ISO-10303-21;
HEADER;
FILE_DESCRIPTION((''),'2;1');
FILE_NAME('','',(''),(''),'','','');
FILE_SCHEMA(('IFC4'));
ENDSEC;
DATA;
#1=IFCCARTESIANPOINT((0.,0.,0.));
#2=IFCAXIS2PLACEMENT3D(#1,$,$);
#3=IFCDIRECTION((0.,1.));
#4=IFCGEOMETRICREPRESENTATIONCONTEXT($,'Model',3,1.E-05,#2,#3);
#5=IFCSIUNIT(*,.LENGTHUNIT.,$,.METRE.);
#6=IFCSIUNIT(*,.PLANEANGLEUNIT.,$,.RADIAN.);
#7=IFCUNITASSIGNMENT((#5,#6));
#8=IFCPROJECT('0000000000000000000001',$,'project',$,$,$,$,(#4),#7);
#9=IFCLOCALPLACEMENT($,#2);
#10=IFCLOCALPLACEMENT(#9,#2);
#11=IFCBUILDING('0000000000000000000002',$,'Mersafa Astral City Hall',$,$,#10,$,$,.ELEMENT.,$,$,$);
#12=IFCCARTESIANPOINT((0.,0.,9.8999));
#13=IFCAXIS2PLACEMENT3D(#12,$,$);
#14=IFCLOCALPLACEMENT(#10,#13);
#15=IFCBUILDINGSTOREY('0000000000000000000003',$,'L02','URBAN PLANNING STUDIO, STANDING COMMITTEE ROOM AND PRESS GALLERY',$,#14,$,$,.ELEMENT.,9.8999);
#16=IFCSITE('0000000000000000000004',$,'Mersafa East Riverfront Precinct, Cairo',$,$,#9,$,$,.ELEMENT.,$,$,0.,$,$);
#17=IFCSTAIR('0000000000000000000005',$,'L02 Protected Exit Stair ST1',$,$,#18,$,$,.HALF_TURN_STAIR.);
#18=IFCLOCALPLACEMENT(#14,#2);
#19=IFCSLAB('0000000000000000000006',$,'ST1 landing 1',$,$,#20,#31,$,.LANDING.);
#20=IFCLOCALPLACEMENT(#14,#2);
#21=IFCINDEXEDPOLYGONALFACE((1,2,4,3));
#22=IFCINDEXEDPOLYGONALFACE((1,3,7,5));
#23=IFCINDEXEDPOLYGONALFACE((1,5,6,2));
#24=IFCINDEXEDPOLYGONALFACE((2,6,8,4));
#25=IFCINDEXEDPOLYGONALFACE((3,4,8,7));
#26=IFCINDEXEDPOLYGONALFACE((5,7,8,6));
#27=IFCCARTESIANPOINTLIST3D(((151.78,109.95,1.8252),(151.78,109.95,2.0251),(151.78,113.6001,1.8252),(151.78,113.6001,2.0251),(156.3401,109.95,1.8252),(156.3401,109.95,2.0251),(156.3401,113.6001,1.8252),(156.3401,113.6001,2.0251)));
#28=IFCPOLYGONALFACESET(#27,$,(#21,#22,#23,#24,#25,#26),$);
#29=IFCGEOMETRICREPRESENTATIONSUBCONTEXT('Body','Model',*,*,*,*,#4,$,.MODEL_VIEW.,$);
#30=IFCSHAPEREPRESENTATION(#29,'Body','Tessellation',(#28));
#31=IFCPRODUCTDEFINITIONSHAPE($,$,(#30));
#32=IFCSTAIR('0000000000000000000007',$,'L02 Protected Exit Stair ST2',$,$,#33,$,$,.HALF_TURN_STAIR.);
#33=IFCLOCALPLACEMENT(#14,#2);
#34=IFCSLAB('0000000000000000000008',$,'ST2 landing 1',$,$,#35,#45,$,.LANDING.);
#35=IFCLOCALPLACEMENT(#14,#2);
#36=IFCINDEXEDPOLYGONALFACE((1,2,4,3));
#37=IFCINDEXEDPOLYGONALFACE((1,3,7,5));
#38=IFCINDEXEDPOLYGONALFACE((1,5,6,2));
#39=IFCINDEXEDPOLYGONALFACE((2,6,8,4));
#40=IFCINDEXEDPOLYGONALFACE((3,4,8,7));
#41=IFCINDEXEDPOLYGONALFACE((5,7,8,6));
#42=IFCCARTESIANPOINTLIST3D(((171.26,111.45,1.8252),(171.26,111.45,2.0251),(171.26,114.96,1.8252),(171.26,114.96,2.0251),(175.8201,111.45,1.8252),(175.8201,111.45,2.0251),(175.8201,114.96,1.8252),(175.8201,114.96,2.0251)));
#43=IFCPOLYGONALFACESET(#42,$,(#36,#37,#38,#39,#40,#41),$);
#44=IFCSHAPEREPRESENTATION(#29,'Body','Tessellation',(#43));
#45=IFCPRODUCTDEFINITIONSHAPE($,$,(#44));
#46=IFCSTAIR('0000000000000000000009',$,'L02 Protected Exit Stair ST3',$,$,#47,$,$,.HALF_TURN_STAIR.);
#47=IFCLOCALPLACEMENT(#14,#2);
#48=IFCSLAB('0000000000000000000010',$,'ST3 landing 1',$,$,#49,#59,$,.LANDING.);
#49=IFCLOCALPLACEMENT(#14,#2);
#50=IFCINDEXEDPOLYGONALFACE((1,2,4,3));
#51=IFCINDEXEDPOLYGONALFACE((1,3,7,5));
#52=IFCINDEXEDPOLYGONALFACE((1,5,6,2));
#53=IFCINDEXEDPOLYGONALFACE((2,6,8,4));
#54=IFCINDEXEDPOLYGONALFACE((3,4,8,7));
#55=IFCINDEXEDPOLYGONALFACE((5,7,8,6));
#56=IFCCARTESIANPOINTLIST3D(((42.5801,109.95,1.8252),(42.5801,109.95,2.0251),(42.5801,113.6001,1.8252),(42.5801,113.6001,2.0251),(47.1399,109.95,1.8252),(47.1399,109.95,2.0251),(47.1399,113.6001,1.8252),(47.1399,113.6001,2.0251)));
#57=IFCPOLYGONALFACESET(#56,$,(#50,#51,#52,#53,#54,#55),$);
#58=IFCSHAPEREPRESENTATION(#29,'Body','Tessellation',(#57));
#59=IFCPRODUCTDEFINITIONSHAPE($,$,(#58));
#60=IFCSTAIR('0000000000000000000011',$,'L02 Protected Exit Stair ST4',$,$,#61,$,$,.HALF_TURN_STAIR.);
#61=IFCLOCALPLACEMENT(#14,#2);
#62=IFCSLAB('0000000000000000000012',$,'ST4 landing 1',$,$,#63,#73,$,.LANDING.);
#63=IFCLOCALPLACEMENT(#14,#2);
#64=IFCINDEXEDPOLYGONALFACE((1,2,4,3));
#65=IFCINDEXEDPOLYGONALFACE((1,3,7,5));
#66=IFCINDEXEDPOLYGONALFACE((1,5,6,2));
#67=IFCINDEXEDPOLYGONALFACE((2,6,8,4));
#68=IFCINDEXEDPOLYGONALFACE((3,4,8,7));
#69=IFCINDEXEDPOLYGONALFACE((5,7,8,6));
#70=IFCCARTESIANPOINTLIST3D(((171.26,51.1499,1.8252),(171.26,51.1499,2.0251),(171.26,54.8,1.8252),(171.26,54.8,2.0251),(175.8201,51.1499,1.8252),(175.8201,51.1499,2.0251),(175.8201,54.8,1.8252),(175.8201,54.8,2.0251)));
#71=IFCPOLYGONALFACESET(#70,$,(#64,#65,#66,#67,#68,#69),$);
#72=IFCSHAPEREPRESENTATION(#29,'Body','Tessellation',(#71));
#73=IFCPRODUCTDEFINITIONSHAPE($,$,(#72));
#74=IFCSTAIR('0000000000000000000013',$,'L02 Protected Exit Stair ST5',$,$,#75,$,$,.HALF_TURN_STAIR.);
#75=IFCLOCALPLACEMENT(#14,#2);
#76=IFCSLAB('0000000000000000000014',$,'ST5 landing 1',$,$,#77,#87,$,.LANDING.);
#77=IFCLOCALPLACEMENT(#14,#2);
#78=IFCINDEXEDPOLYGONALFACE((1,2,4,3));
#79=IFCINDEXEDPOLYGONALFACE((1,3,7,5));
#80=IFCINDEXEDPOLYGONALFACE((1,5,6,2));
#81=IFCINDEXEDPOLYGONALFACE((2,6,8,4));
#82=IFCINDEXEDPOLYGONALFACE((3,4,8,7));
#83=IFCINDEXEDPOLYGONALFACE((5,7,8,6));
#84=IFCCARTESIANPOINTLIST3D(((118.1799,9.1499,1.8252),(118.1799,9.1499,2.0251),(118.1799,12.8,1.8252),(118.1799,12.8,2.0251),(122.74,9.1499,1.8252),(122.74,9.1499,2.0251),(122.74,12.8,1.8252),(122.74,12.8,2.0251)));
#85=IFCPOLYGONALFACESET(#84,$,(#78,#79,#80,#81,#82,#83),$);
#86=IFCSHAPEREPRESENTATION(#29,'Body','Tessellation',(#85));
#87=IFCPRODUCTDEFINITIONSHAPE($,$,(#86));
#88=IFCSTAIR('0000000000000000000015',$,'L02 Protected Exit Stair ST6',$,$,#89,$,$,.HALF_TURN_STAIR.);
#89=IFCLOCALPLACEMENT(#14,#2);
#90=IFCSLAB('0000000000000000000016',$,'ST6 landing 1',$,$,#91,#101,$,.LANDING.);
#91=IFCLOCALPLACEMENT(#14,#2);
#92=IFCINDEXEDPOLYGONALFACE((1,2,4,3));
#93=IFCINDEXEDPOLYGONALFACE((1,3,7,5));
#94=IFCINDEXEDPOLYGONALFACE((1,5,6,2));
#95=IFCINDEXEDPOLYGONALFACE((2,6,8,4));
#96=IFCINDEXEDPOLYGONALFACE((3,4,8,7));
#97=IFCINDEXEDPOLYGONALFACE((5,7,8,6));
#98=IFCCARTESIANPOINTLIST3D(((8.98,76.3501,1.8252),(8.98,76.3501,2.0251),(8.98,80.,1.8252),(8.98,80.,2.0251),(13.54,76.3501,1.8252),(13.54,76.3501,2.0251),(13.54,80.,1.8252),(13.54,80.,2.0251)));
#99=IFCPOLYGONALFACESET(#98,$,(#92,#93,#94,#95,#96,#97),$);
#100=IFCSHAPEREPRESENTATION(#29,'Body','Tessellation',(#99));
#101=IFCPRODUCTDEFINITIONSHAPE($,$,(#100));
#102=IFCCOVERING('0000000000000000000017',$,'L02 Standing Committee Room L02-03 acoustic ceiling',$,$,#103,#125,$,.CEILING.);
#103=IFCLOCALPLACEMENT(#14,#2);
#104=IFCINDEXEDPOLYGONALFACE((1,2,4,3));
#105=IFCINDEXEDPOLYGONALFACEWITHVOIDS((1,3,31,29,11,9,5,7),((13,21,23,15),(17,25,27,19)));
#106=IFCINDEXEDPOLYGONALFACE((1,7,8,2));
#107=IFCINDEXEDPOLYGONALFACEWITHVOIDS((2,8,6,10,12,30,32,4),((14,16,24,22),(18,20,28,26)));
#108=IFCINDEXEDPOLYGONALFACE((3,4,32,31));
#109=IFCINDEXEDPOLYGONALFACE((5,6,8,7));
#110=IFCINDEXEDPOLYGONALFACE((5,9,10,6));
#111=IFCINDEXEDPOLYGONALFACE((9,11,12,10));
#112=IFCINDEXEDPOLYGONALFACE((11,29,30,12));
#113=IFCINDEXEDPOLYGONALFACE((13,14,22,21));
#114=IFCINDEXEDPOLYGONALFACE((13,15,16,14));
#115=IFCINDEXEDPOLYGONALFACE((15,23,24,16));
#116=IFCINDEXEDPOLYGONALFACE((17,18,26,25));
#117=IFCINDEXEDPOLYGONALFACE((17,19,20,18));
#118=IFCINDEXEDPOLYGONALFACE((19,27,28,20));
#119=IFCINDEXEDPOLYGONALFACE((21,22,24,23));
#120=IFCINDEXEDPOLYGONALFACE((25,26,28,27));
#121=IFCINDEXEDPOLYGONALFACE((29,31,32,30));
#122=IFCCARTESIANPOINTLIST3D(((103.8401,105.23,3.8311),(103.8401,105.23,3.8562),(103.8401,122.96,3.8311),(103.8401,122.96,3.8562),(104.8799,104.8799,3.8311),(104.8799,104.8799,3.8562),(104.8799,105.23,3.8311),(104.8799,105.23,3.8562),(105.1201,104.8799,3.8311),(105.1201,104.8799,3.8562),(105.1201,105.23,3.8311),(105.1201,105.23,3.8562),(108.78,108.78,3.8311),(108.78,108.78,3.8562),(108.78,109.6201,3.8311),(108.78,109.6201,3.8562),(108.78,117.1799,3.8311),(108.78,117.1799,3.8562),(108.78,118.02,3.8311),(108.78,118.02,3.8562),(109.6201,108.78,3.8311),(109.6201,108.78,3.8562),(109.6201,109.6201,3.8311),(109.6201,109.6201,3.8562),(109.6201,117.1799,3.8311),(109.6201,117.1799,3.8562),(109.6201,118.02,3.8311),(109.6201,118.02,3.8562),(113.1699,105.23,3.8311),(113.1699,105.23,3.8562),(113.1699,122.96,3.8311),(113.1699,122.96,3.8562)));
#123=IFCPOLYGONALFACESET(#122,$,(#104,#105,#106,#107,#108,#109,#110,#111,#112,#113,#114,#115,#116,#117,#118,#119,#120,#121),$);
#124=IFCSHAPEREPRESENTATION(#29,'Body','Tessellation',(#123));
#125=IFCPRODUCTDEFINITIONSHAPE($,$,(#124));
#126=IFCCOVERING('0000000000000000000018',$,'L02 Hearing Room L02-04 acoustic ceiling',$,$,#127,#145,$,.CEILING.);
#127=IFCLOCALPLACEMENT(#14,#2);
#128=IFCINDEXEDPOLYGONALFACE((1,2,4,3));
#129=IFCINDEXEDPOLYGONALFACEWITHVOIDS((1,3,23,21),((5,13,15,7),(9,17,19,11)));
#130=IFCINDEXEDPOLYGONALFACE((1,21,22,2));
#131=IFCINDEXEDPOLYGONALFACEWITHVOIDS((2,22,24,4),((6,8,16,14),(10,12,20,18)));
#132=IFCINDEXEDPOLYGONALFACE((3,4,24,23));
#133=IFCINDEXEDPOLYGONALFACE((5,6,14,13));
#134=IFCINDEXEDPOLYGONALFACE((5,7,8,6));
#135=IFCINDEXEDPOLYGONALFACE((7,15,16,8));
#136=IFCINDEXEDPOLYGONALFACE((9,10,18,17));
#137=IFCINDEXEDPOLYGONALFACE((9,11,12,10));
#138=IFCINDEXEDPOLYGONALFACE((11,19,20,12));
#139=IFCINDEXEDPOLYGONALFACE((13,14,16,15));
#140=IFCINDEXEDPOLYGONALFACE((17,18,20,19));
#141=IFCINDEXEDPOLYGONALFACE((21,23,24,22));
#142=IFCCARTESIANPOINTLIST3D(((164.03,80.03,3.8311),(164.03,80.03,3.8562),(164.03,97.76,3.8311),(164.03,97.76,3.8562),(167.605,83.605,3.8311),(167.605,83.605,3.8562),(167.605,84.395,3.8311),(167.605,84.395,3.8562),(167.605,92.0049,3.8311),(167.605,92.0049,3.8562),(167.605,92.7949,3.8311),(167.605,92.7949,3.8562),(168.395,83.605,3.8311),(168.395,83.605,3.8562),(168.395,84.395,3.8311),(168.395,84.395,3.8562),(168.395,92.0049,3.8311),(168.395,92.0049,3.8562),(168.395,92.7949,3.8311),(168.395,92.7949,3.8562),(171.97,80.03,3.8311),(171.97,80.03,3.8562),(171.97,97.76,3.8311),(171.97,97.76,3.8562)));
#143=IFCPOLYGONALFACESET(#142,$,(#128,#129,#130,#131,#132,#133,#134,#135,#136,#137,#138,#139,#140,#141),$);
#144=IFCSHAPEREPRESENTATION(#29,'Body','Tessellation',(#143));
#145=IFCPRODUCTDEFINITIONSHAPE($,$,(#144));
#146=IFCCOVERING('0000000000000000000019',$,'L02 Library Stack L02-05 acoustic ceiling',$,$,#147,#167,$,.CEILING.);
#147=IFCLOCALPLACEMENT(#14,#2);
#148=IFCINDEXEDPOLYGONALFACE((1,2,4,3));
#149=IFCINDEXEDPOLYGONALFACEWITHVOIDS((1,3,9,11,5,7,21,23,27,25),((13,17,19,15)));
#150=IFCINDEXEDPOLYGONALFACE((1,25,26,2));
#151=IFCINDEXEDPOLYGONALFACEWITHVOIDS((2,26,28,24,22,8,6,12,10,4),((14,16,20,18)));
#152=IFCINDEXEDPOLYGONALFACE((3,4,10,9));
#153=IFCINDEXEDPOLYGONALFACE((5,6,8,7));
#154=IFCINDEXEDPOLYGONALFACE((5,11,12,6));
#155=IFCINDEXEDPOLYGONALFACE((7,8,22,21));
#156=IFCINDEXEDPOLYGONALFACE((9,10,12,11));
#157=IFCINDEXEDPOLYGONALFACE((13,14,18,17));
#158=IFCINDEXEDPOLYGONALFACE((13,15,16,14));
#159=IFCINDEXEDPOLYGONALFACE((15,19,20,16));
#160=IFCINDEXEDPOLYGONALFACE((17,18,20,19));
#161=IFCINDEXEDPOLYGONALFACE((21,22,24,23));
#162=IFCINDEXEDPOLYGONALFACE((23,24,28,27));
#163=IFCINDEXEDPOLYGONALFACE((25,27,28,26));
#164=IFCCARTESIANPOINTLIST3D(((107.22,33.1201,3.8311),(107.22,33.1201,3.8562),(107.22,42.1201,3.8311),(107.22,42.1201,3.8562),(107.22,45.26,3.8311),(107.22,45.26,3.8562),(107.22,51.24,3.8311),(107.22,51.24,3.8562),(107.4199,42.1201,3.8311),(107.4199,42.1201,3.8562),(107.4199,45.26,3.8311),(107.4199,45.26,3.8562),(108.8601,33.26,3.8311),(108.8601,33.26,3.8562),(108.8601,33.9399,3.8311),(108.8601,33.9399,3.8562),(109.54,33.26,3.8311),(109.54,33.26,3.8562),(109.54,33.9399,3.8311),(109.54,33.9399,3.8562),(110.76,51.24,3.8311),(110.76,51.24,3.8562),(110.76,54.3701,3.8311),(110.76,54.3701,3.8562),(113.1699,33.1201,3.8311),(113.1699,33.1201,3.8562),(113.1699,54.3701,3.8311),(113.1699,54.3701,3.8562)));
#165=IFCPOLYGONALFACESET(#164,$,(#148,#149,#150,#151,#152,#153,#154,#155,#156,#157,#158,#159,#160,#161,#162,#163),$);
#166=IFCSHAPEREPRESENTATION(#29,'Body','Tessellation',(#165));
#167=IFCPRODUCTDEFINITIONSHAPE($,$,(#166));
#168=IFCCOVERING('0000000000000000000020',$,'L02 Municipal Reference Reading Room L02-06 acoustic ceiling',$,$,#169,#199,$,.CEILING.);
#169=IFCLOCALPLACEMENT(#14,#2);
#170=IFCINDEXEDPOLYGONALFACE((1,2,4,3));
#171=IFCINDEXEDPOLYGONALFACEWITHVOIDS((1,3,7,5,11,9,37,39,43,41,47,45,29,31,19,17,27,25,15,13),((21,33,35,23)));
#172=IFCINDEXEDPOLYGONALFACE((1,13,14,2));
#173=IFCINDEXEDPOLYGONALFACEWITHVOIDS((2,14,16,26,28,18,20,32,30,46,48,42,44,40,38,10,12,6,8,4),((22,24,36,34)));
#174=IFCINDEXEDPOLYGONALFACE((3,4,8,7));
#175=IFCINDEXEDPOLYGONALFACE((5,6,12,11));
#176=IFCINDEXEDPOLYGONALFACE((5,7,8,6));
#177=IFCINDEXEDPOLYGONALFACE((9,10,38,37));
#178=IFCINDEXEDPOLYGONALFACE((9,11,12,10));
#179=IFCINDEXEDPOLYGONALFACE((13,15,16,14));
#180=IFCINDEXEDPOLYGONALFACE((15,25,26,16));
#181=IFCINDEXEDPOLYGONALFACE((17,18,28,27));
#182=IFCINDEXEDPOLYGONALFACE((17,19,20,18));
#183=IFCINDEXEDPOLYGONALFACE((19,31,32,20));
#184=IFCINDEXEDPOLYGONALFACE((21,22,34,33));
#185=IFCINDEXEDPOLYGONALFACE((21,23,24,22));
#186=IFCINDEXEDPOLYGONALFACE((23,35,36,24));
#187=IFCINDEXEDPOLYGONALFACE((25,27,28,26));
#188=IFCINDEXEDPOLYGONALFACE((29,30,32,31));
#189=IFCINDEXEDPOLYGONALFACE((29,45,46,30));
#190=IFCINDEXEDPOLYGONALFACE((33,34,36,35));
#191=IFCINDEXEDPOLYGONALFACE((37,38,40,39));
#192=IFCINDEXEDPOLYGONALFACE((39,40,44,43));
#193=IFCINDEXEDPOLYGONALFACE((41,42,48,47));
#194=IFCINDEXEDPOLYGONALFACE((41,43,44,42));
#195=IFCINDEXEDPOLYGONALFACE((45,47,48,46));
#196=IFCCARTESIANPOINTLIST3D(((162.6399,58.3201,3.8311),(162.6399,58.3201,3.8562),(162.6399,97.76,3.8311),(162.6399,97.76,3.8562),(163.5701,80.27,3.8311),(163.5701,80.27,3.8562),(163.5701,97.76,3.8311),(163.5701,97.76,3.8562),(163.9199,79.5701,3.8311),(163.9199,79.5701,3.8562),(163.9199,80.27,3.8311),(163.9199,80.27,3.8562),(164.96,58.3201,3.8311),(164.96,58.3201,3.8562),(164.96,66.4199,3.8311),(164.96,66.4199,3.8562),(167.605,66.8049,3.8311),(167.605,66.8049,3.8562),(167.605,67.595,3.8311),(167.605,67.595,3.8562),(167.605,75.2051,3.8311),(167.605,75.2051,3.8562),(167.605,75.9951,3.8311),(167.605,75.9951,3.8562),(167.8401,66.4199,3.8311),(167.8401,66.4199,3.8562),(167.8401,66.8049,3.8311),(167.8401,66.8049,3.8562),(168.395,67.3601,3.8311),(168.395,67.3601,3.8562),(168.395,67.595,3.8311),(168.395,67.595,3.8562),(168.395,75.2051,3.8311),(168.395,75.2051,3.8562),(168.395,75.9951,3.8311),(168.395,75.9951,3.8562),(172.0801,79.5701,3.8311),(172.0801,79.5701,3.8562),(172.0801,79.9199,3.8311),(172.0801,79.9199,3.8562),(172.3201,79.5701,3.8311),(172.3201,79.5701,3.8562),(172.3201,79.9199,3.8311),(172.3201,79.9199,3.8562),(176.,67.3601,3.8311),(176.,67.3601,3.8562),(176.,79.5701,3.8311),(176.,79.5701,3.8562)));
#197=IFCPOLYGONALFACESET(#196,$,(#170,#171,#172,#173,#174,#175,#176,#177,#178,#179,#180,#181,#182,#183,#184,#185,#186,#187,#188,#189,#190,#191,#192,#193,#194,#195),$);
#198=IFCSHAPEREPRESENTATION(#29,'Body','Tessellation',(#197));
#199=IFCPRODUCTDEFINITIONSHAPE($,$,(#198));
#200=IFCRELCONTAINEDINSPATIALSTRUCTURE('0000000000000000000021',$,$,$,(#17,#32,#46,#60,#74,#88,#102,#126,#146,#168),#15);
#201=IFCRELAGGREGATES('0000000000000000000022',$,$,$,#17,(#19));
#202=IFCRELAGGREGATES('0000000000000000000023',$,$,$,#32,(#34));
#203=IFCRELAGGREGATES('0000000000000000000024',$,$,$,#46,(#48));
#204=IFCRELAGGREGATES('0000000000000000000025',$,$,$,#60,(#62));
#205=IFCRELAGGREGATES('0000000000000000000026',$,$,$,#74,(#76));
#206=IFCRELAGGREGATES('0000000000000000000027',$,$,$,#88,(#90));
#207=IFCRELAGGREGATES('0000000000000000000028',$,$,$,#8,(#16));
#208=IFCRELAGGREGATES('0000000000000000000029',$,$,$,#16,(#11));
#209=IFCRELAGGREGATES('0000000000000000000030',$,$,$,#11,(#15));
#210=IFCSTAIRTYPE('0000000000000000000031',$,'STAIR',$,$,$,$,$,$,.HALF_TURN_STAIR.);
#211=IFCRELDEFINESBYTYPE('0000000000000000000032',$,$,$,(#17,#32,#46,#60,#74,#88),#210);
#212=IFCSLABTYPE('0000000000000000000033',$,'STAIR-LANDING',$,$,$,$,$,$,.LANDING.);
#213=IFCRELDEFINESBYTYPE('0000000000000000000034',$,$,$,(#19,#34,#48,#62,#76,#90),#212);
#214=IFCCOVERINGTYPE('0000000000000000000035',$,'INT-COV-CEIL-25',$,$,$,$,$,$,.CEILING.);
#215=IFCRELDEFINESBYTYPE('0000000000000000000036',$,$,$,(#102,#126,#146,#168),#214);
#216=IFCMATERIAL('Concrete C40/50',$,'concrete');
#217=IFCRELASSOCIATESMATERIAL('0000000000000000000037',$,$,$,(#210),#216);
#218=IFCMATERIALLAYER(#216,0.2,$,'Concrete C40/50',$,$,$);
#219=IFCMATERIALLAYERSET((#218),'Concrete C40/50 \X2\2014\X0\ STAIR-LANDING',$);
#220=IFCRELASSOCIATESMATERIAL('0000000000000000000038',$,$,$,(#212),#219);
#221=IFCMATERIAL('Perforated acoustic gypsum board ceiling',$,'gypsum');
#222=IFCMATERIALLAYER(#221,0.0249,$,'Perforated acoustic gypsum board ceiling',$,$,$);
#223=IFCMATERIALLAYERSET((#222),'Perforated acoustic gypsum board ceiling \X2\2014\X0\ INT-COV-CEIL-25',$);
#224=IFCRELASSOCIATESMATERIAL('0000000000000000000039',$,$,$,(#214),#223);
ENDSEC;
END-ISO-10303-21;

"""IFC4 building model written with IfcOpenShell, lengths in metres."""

from ifc_helpers import new_model, si_unit, direction, frame, origin, place, context, subcontext, project, spatial, polyline, outline, extrude, material, layer, layer_set, type_object, element, aggregate, save


model = new_model("IFC4")

# Units and contexts
model_context = context("Model", 3, precision=1e-05, world=origin(), true_north=direction((0.0, 1.0)))
body_context = subcontext(model_context, "Body", "Model", "MODEL_VIEW")
ifc_project = project(units=[si_unit("LENGTHUNIT", "METRE"), si_unit("PLANEANGLEUNIT", "RADIAN")], contexts=[model_context])

# Site, building, storey
site_placement = place(None, origin())
site = spatial("IfcSite", under=ifc_project, at=site_placement, Name="Mersafa East Riverfront Precinct, Cairo", CompositionType="ELEMENT", RefElevation=0.0)
building_placement = place(site_placement, origin())
building = spatial("IfcBuilding", under=site, at=building_placement, Name="Mersafa Astral City Hall", CompositionType="ELEMENT")
storey_placement = place(building_placement, frame((0.0, 0.0, 9.8999)))
storey = spatial("IfcBuildingStorey", under=building, at=storey_placement, Name="L02", Description="URBAN PLANNING STUDIO, STANDING COMMITTEE ROOM AND PRESS GALLERY", CompositionType="ELEMENT", Elevation=9.8999)

# Stairs, slabs
ifc_material_1 = material(Name="Concrete C40/50", Category="concrete")
stair_type = type_object("IfcStairType", Name="STAIR", PredefinedType="HALF_TURN_STAIR", material=ifc_material_1)
stair_1_placement = place(storey_placement, origin())
stair_1 = element("IfcStair", 1, at=stair_1_placement, inside=storey, type_object=stair_type, Name="L02 Protected Exit Stair ST1", PredefinedType="HALF_TURN_STAIR")
ifc_layer_1 = layer(ifc_material_1, 0.2, Name="Concrete C40/50")
ifc_layer_set_1 = layer_set([ifc_layer_1], Name="Concrete C40/50 — STAIR-LANDING")
slab_type = type_object("IfcSlabType", Name="STAIR-LANDING", PredefinedType="LANDING", material=ifc_layer_set_1)
slab_1_placement = place(storey_placement, frame((0.0, 0.0, 1.8252)))
slab_1 = element("IfcSlab", 2, at=slab_1_placement, type_object=slab_type, Name="ST1 landing 1", PredefinedType="LANDING", context=body_context, shape_type="SweptSolid", body=[
    extrude(outline(polyline([(151.78, 113.6001), (151.78, 109.95), (156.3401, 109.95), (156.3401, 113.6001), (151.78, 113.6001)])), origin(), (0.0, 0.0, 1.0), 0.2),
])
aggregate(stair_1, [slab_1])
stair_2_placement = place(storey_placement, origin())
stair_2 = element("IfcStair", 3, at=stair_2_placement, inside=storey, type_object=stair_type, Name="L02 Protected Exit Stair ST2", PredefinedType="HALF_TURN_STAIR")
slab_2_placement = place(storey_placement, frame((0.0, 0.0, 1.8252)))
slab_2 = element("IfcSlab", 4, at=slab_2_placement, type_object=slab_type, Name="ST2 landing 1", PredefinedType="LANDING", context=body_context, shape_type="SweptSolid", body=[
    extrude(outline(polyline([(171.26, 114.96), (171.26, 111.45), (175.8201, 111.45), (175.8201, 114.96), (171.26, 114.96)])), origin(), (0.0, 0.0, 1.0), 0.2),
])
aggregate(stair_2, [slab_2])
stair_3_placement = place(storey_placement, origin())
stair_3 = element("IfcStair", 5, at=stair_3_placement, inside=storey, type_object=stair_type, Name="L02 Protected Exit Stair ST3", PredefinedType="HALF_TURN_STAIR")
slab_3_placement = place(storey_placement, frame((0.0, 0.0, 1.8252)))
slab_3 = element("IfcSlab", 6, at=slab_3_placement, type_object=slab_type, Name="ST3 landing 1", PredefinedType="LANDING", context=body_context, shape_type="SweptSolid", body=[
    extrude(outline(polyline([(42.5801, 113.6001), (42.5801, 109.95), (47.1399, 109.95), (47.1399, 113.6001), (42.5801, 113.6001)])), origin(), (0.0, 0.0, 1.0), 0.2),
])
aggregate(stair_3, [slab_3])
stair_4_placement = place(storey_placement, origin())
stair_4 = element("IfcStair", 7, at=stair_4_placement, inside=storey, type_object=stair_type, Name="L02 Protected Exit Stair ST4", PredefinedType="HALF_TURN_STAIR")
slab_4_placement = place(storey_placement, frame((0.0, 0.0, 1.8252)))
slab_4 = element("IfcSlab", 8, at=slab_4_placement, type_object=slab_type, Name="ST4 landing 1", PredefinedType="LANDING", context=body_context, shape_type="SweptSolid", body=[
    extrude(outline(polyline([(171.26, 54.8), (171.26, 51.1499), (175.8201, 51.1499), (175.8201, 54.8), (171.26, 54.8)])), origin(), (0.0, 0.0, 1.0), 0.2),
])
aggregate(stair_4, [slab_4])
stair_5_placement = place(storey_placement, origin())
stair_5 = element("IfcStair", 9, at=stair_5_placement, inside=storey, type_object=stair_type, Name="L02 Protected Exit Stair ST5", PredefinedType="HALF_TURN_STAIR")
slab_5_placement = place(storey_placement, frame((0.0, 0.0, 1.8252)))
slab_5 = element("IfcSlab", 10, at=slab_5_placement, type_object=slab_type, Name="ST5 landing 1", PredefinedType="LANDING", context=body_context, shape_type="SweptSolid", body=[
    extrude(outline(polyline([(118.1799, 12.8), (118.1799, 9.1499), (122.74, 9.1499), (122.74, 12.8), (118.1799, 12.8)])), origin(), (0.0, 0.0, 1.0), 0.2),
])
aggregate(stair_5, [slab_5])
stair_6_placement = place(storey_placement, origin())
stair_6 = element("IfcStair", 11, at=stair_6_placement, inside=storey, type_object=stair_type, Name="L02 Protected Exit Stair ST6", PredefinedType="HALF_TURN_STAIR")
slab_6_placement = place(storey_placement, frame((0.0, 0.0, 1.8252)))
slab_6 = element("IfcSlab", 12, at=slab_6_placement, type_object=slab_type, Name="ST6 landing 1", PredefinedType="LANDING", context=body_context, shape_type="SweptSolid", body=[
    extrude(outline(polyline([(8.98, 80.0), (8.98, 76.3501), (13.54, 76.3501), (13.54, 80.0), (8.98, 80.0)])), origin(), (0.0, 0.0, 1.0), 0.2),
])
aggregate(stair_6, [slab_6])

# Coverings
ifc_material_2 = material(Name="Perforated acoustic gypsum board ceiling", Category="gypsum")
ifc_layer_2 = layer(ifc_material_2, 0.0249, Name="Perforated acoustic gypsum board ceiling")
ifc_layer_set_2 = layer_set([ifc_layer_2], Name="Perforated acoustic gypsum board ceiling — INT-COV-CEIL-25")
covering_type_1 = type_object("IfcCoveringType", Name="INT-COV-CEIL-25", PredefinedType="CEILING", material=ifc_layer_set_2)
covering_1_placement = place(storey_placement, frame((0.0, 0.0, 3.8311)))
element("IfcCovering", 13, at=covering_1_placement, inside=storey, type_object=covering_type_1, Name="L02 Standing Committee Room L02-03 acoustic ceiling", PredefinedType="CEILING", context=body_context, shape_type="SweptSolid", body=[
    extrude(outline(polyline([(105.1201, 105.23), (105.1201, 104.8799), (104.8799, 104.8799), (104.8799, 105.23), (103.8401, 105.23), (103.8401, 122.96), (113.1699, 122.96), (113.1699, 105.23), (105.1201, 105.23)]), holes=[polyline([(109.6201, 108.78), (109.6201, 109.6201), (108.78, 109.6201), (108.78, 108.78), (109.6201, 108.78)]), polyline([(109.6201, 117.1799), (109.6201, 118.02), (108.78, 118.02), (108.78, 117.1799), (109.6201, 117.1799)])]), origin(), (0.0, 0.0, 1.0), 0.0251),
])
covering_2_placement = place(storey_placement, frame((0.0, 0.0, 3.8311)))
element("IfcCovering", 14, at=covering_2_placement, inside=storey, type_object=covering_type_1, Name="L02 Hearing Room L02-04 acoustic ceiling", PredefinedType="CEILING", context=body_context, shape_type="SweptSolid", body=[
    extrude(outline(polyline([(164.03, 80.03), (164.03, 97.76), (171.97, 97.76), (171.97, 80.03), (164.03, 80.03)]), holes=[polyline([(168.395, 83.605), (168.395, 84.395), (167.605, 84.395), (167.605, 83.605), (168.395, 83.605)]), polyline([(167.605, 92.0049), (168.395, 92.0049), (168.395, 92.7949), (167.605, 92.7949), (167.605, 92.0049)])]), origin(), (0.0, 0.0, 1.0), 0.0251),
])
covering_3_placement = place(storey_placement, frame((0.0, 0.0, 3.8311)))
element("IfcCovering", 15, at=covering_3_placement, inside=storey, type_object=covering_type_1, Name="L02 Library Stack L02-05 acoustic ceiling", PredefinedType="CEILING", context=body_context, shape_type="SweptSolid", body=[
    extrude(outline(polyline([(107.4199, 42.1201), (107.4199, 45.26), (107.22, 45.26), (107.22, 51.24), (110.76, 51.24), (110.76, 54.3701), (113.1699, 54.3701), (113.1699, 33.1201), (107.22, 33.1201), (107.22, 42.1201), (107.4199, 42.1201)]), holes=[polyline([(109.54, 33.26), (109.54, 33.9399), (108.8601, 33.9399), (108.8601, 33.26), (109.54, 33.26)])]), origin(), (0.0, 0.0, 1.0), 0.0251),
])
covering_4_placement = place(storey_placement, frame((0.0, 0.0, 3.8311)))
element("IfcCovering", 16, at=covering_4_placement, inside=storey, type_object=covering_type_1, Name="L02 Municipal Reference Reading Room L02-06 acoustic ceiling", PredefinedType="CEILING", context=body_context, shape_type="SweptSolid", body=[
    extrude(outline(polyline([(172.3201, 79.9199), (172.3201, 79.5701), (176.0, 79.5701), (176.0, 67.3601), (168.395, 67.3601), (168.395, 67.595), (167.605, 67.595), (167.605, 66.8049), (167.8401, 66.8049), (167.8401, 66.4199), (164.96, 66.4199), (164.96, 58.3201), (162.6399, 58.3201), (162.6399, 97.76), (163.5701, 97.76), (163.5701, 80.27), (163.9199, 80.27), (163.9199, 79.5701), (172.0801, 79.5701), (172.0801, 79.9199), (172.3201, 79.9199)]), holes=[polyline([(168.395, 75.2051), (168.395, 75.9951), (167.605, 75.9951), (167.605, 75.2051), (168.395, 75.2051)])]), origin(), (0.0, 0.0, 1.0), 0.0251),
])

save(model, "model.ifc")
